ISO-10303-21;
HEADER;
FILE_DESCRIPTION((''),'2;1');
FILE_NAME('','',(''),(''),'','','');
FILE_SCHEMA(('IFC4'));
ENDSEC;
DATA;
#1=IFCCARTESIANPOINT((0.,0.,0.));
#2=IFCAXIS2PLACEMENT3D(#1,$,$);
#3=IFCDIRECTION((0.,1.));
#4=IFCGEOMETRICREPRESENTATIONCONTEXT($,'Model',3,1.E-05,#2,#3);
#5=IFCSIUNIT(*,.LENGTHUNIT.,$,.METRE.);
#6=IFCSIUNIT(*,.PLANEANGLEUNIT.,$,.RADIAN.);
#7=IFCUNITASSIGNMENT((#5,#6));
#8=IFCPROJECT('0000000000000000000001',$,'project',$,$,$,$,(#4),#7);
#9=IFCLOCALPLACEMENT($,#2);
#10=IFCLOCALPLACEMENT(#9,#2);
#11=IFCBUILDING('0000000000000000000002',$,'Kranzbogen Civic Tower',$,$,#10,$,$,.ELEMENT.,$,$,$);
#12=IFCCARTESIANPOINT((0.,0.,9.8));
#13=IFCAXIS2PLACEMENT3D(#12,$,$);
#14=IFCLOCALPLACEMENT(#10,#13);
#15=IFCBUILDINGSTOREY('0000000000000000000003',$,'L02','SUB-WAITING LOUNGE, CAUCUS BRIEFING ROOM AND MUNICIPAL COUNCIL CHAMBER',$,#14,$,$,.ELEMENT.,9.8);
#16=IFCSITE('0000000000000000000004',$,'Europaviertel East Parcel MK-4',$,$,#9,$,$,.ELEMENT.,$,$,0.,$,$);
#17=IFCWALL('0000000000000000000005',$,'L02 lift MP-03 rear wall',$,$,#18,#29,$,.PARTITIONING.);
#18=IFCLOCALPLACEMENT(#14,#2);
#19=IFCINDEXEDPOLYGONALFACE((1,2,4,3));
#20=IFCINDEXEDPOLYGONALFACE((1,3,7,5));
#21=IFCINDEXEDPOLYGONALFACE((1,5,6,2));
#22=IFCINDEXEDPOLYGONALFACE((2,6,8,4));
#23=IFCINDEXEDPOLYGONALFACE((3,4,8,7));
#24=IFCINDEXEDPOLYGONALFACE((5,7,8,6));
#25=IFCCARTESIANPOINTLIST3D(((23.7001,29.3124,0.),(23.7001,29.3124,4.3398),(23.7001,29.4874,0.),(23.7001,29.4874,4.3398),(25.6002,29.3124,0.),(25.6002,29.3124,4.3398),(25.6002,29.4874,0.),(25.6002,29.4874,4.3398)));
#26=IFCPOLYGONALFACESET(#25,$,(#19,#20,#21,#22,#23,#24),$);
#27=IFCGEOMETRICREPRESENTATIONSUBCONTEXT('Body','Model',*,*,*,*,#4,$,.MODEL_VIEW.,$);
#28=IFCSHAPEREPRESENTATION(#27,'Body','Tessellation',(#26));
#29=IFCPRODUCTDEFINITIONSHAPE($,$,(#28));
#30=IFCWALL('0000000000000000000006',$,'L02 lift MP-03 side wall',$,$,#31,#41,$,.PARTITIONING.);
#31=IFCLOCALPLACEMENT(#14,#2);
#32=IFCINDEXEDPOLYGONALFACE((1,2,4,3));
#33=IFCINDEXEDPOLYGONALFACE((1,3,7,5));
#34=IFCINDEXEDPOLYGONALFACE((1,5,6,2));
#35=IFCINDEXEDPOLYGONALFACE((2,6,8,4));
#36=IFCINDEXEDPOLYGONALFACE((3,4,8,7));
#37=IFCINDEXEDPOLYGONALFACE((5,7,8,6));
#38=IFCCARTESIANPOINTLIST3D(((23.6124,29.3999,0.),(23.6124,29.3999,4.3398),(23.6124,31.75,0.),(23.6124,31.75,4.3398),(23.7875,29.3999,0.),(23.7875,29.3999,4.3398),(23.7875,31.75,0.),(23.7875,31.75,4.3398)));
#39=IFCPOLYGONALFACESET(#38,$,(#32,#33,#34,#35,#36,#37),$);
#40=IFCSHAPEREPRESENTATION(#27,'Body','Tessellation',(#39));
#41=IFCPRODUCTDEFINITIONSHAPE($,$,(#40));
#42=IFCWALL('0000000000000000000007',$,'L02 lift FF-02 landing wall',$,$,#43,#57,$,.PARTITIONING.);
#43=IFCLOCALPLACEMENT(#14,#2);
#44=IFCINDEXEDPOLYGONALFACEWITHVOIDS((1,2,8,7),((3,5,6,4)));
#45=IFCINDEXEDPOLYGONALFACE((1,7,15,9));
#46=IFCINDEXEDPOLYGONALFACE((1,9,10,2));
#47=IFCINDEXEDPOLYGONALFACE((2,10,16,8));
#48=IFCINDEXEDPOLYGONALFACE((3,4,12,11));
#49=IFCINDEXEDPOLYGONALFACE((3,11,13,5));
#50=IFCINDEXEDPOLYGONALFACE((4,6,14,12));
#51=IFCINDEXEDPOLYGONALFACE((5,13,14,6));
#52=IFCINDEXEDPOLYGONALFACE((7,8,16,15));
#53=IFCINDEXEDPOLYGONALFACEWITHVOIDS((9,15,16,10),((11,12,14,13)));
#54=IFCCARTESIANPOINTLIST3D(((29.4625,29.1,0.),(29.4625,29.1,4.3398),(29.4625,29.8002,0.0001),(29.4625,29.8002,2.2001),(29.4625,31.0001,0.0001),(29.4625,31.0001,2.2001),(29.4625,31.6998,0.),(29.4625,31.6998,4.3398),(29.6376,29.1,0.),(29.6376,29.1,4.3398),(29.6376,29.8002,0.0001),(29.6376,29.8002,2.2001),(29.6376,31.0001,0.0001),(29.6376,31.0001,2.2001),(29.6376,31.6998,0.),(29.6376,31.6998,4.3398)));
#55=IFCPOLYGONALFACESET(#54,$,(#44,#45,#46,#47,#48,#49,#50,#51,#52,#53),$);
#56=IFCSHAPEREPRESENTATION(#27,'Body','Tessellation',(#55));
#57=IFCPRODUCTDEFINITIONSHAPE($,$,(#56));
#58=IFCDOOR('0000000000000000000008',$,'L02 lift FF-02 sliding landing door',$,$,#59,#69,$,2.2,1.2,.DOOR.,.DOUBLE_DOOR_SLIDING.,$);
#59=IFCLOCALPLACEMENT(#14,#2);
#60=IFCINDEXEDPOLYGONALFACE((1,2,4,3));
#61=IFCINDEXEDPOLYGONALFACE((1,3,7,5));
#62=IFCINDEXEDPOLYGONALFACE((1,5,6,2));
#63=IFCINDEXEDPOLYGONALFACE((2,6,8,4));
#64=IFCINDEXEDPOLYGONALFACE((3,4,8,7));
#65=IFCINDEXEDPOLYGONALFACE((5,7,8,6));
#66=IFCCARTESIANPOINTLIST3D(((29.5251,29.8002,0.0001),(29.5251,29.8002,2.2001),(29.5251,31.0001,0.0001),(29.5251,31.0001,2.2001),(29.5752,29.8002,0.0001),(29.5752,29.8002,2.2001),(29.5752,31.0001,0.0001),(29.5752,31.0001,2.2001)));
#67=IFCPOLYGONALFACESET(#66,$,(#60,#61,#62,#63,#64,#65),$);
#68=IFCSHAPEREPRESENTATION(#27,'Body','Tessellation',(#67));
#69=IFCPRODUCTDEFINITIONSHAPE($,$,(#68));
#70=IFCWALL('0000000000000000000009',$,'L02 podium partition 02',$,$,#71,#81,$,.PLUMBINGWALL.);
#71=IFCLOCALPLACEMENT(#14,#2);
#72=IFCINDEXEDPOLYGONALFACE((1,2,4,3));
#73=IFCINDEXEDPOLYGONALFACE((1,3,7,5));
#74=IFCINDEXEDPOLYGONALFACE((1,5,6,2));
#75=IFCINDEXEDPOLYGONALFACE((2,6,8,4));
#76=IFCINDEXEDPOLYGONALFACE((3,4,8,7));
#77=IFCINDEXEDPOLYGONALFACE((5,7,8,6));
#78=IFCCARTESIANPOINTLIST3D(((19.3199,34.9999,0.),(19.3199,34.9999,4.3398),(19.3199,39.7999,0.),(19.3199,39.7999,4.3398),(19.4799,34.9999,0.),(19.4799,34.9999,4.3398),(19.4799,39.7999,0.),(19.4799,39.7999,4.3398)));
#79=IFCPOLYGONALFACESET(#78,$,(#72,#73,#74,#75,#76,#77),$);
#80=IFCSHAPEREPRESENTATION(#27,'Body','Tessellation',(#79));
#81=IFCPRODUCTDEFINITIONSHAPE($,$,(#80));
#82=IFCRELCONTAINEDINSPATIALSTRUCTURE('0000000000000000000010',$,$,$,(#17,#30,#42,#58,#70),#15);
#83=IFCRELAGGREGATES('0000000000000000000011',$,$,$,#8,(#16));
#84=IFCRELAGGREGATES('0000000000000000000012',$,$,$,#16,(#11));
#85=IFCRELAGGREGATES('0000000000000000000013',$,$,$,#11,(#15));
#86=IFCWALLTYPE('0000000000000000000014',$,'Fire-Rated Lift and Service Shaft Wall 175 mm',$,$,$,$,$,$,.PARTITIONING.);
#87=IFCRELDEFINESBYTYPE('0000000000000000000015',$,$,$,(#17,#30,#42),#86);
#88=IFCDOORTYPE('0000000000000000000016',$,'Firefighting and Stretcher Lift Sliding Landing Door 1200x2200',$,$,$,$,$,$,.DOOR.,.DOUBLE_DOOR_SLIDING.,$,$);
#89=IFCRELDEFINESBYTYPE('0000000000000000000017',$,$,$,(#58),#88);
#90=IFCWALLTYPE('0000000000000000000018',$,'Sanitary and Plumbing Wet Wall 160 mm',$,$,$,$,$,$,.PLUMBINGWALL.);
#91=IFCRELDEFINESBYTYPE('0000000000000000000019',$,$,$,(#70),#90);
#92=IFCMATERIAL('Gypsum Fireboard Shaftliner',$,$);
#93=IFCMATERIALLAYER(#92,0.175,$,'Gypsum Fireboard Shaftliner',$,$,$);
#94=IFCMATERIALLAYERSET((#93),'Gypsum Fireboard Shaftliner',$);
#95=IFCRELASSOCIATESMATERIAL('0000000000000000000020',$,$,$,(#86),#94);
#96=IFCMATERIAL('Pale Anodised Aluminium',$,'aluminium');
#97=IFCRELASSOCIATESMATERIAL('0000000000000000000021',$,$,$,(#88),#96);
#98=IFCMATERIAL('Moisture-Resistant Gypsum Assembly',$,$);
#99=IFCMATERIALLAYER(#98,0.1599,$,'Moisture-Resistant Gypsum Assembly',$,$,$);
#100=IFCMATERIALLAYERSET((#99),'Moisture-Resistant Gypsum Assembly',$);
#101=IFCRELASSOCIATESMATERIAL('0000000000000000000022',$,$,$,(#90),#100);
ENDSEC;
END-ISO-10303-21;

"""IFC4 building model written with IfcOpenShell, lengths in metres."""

from ifc_helpers import new_model, si_unit, direction, frame, frame_2d, origin, place, context, subcontext, project, spatial, rectangle, extrude, material, layer, layer_set, type_object, element, fill, save


model = new_model("IFC4")

# Units and contexts
model_context = context("Model", 3, precision=1e-05, world=origin(), true_north=direction((0.0, 1.0)))
body_context = subcontext(model_context, "Body", "Model", "MODEL_VIEW")
ifc_project = project(units=[si_unit("LENGTHUNIT", "METRE"), si_unit("PLANEANGLEUNIT", "RADIAN")], contexts=[model_context])

# Site, building, storey
site_placement = place(None, origin())
site = spatial("IfcSite", under=ifc_project, at=site_placement, Name="Europaviertel East Parcel MK-4", CompositionType="ELEMENT", RefElevation=0.0)
building_placement = place(site_placement, origin())
building = spatial("IfcBuilding", under=site, at=building_placement, Name="Kranzbogen Civic Tower", CompositionType="ELEMENT")
storey_placement = place(building_placement, frame((0.0, 0.0, 9.8)))
storey = spatial("IfcBuildingStorey", under=building, at=storey_placement, Name="L02", Description="SUB-WAITING LOUNGE, CAUCUS BRIEFING ROOM AND MUNICIPAL COUNCIL CHAMBER", CompositionType="ELEMENT", Elevation=9.8)

# Shared definitions
ifc_material_1 = material(Name="Pale Anodised Aluminium", Category="aluminium")

# Walls
ifc_material_2 = material(Name="Gypsum Fireboard Shaftliner")
ifc_layer_1 = layer(ifc_material_2, 0.175, Name="Gypsum Fireboard Shaftliner")
ifc_layer_set_1 = layer_set([ifc_layer_1], Name="Gypsum Fireboard Shaftliner")
wall_type_1 = type_object("IfcWallType", Name="Fire-Rated Lift and Service Shaft Wall 175 mm", PredefinedType="PARTITIONING", material=ifc_layer_set_1)
wall_1_placement = place(storey_placement, frame((23.7, 29.3999, 0.0), z_axis=(0.0, 0.0, 1.0), x_axis=(1.0, 0.0, 0.0)))
element("IfcWall", 1, at=wall_1_placement, inside=storey, type_object=wall_type_1, Name="L02 lift MP-03 rear wall", PredefinedType="PARTITIONING", context=body_context, shape_type="SweptSolid", body=[
    extrude(rectangle(XDim=1.9001, YDim=0.175, at=frame_2d((0.9502, 0.0))), origin(), (0.0, 0.0, 1.0), 4.3398),
])
wall_2_placement = place(storey_placement, frame((23.7, 29.3999, 0.0), z_axis=(0.0, 0.0, 1.0), x_axis=(0.0, 1.0, 0.0)))
element("IfcWall", 2, at=wall_2_placement, inside=storey, type_object=wall_type_1, Name="L02 lift MP-03 side wall", PredefinedType="PARTITIONING", context=body_context, shape_type="SweptSolid", body=[
    extrude(rectangle(XDim=2.3501, YDim=0.175, at=frame_2d((1.175, 0.0))), origin(), (0.0, 0.0, 1.0), 4.3398),
])

# Wall, opening, door
wall_3_placement = place(storey_placement, frame((29.55, 29.1001, 0.0), z_axis=(0.0, 0.0, 1.0), x_axis=(0.0, 1.0, 0.0)))
wall_3 = element("IfcWall", 3, at=wall_3_placement, inside=storey, type_object=wall_type_1, Name="L02 lift FF-02 landing wall", PredefinedType="PARTITIONING", context=body_context, shape_type="SweptSolid", body=[
    extrude(rectangle(XDim=2.5999, YDim=0.175, at=frame_2d((1.2998, 0.0))), origin(), (0.0, 0.0, 1.0), 4.3398),
])
opening_1_placement = place(wall_3_placement, frame((0.7, 0.0, 0.0)))
opening_1 = element("IfcOpeningElement", 4, at=opening_1_placement, cuts=wall_3, PredefinedType="OPENING", context=body_context, shape_type="SweptSolid", body=[
    extrude(rectangle(XDim=1.2, YDim=2.2, at=frame_2d((0.6001, 1.1001))), frame((0.0, 0.0977, 0.0), z_axis=(0.0, -1.0, 0.0), x_axis=(1.0, 0.0, 0.0)), (0.0, 0.0, 1.0), 0.1951),
])
door_type_1 = type_object("IfcDoorType", Name="Firefighting and Stretcher Lift Sliding Landing Door 1200x2200", OperationType="DOUBLE_DOOR_SLIDING", PredefinedType="DOOR", material=ifc_material_1)
door_1_placement = place(opening_1_placement, origin())
door_1 = element("IfcDoor", 5, at=door_1_placement, inside=storey, type_object=door_type_1, Name="L02 lift FF-02 sliding landing door", OperationType="DOUBLE_DOOR_SLIDING", OverallHeight=2.2, OverallWidth=1.2, PredefinedType="DOOR", context=body_context, shape_type="SweptSolid", body=[
    extrude(rectangle(XDim=1.2, YDim=2.2, at=frame_2d((0.6001, 1.1001))), frame((0.0, 0.0249, 0.0), z_axis=(0.0, -1.0, 0.0), x_axis=(1.0, 0.0, 0.0)), (0.0, 0.0, 1.0), 0.05),
])
fill(opening_1, door_1)

# Wall
ifc_material_3 = material(Name="Moisture-Resistant Gypsum Assembly")
ifc_layer_2 = layer(ifc_material_3, 0.1599, Name="Moisture-Resistant Gypsum Assembly")
ifc_layer_set_2 = layer_set([ifc_layer_2], Name="Moisture-Resistant Gypsum Assembly")
wall_type_2 = type_object("IfcWallType", Name="Sanitary and Plumbing Wet Wall 160 mm", PredefinedType="PLUMBINGWALL", material=ifc_layer_set_2)
wall_4_placement = place(storey_placement, frame((19.3999, 35.0, 0.0), z_axis=(0.0, 0.0, 1.0), x_axis=(0.0, 1.0, 0.0)))
element("IfcWall", 6, at=wall_4_placement, inside=storey, type_object=wall_type_2, Name="L02 podium partition 02", PredefinedType="PLUMBINGWALL", context=body_context, shape_type="SweptSolid", body=[
    extrude(rectangle(XDim=4.8, YDim=0.1599, at=frame_2d((2.3999, 0.0))), origin(), (0.0, 0.0, 1.0), 4.3398),
])

save(model, "model.ifc")
